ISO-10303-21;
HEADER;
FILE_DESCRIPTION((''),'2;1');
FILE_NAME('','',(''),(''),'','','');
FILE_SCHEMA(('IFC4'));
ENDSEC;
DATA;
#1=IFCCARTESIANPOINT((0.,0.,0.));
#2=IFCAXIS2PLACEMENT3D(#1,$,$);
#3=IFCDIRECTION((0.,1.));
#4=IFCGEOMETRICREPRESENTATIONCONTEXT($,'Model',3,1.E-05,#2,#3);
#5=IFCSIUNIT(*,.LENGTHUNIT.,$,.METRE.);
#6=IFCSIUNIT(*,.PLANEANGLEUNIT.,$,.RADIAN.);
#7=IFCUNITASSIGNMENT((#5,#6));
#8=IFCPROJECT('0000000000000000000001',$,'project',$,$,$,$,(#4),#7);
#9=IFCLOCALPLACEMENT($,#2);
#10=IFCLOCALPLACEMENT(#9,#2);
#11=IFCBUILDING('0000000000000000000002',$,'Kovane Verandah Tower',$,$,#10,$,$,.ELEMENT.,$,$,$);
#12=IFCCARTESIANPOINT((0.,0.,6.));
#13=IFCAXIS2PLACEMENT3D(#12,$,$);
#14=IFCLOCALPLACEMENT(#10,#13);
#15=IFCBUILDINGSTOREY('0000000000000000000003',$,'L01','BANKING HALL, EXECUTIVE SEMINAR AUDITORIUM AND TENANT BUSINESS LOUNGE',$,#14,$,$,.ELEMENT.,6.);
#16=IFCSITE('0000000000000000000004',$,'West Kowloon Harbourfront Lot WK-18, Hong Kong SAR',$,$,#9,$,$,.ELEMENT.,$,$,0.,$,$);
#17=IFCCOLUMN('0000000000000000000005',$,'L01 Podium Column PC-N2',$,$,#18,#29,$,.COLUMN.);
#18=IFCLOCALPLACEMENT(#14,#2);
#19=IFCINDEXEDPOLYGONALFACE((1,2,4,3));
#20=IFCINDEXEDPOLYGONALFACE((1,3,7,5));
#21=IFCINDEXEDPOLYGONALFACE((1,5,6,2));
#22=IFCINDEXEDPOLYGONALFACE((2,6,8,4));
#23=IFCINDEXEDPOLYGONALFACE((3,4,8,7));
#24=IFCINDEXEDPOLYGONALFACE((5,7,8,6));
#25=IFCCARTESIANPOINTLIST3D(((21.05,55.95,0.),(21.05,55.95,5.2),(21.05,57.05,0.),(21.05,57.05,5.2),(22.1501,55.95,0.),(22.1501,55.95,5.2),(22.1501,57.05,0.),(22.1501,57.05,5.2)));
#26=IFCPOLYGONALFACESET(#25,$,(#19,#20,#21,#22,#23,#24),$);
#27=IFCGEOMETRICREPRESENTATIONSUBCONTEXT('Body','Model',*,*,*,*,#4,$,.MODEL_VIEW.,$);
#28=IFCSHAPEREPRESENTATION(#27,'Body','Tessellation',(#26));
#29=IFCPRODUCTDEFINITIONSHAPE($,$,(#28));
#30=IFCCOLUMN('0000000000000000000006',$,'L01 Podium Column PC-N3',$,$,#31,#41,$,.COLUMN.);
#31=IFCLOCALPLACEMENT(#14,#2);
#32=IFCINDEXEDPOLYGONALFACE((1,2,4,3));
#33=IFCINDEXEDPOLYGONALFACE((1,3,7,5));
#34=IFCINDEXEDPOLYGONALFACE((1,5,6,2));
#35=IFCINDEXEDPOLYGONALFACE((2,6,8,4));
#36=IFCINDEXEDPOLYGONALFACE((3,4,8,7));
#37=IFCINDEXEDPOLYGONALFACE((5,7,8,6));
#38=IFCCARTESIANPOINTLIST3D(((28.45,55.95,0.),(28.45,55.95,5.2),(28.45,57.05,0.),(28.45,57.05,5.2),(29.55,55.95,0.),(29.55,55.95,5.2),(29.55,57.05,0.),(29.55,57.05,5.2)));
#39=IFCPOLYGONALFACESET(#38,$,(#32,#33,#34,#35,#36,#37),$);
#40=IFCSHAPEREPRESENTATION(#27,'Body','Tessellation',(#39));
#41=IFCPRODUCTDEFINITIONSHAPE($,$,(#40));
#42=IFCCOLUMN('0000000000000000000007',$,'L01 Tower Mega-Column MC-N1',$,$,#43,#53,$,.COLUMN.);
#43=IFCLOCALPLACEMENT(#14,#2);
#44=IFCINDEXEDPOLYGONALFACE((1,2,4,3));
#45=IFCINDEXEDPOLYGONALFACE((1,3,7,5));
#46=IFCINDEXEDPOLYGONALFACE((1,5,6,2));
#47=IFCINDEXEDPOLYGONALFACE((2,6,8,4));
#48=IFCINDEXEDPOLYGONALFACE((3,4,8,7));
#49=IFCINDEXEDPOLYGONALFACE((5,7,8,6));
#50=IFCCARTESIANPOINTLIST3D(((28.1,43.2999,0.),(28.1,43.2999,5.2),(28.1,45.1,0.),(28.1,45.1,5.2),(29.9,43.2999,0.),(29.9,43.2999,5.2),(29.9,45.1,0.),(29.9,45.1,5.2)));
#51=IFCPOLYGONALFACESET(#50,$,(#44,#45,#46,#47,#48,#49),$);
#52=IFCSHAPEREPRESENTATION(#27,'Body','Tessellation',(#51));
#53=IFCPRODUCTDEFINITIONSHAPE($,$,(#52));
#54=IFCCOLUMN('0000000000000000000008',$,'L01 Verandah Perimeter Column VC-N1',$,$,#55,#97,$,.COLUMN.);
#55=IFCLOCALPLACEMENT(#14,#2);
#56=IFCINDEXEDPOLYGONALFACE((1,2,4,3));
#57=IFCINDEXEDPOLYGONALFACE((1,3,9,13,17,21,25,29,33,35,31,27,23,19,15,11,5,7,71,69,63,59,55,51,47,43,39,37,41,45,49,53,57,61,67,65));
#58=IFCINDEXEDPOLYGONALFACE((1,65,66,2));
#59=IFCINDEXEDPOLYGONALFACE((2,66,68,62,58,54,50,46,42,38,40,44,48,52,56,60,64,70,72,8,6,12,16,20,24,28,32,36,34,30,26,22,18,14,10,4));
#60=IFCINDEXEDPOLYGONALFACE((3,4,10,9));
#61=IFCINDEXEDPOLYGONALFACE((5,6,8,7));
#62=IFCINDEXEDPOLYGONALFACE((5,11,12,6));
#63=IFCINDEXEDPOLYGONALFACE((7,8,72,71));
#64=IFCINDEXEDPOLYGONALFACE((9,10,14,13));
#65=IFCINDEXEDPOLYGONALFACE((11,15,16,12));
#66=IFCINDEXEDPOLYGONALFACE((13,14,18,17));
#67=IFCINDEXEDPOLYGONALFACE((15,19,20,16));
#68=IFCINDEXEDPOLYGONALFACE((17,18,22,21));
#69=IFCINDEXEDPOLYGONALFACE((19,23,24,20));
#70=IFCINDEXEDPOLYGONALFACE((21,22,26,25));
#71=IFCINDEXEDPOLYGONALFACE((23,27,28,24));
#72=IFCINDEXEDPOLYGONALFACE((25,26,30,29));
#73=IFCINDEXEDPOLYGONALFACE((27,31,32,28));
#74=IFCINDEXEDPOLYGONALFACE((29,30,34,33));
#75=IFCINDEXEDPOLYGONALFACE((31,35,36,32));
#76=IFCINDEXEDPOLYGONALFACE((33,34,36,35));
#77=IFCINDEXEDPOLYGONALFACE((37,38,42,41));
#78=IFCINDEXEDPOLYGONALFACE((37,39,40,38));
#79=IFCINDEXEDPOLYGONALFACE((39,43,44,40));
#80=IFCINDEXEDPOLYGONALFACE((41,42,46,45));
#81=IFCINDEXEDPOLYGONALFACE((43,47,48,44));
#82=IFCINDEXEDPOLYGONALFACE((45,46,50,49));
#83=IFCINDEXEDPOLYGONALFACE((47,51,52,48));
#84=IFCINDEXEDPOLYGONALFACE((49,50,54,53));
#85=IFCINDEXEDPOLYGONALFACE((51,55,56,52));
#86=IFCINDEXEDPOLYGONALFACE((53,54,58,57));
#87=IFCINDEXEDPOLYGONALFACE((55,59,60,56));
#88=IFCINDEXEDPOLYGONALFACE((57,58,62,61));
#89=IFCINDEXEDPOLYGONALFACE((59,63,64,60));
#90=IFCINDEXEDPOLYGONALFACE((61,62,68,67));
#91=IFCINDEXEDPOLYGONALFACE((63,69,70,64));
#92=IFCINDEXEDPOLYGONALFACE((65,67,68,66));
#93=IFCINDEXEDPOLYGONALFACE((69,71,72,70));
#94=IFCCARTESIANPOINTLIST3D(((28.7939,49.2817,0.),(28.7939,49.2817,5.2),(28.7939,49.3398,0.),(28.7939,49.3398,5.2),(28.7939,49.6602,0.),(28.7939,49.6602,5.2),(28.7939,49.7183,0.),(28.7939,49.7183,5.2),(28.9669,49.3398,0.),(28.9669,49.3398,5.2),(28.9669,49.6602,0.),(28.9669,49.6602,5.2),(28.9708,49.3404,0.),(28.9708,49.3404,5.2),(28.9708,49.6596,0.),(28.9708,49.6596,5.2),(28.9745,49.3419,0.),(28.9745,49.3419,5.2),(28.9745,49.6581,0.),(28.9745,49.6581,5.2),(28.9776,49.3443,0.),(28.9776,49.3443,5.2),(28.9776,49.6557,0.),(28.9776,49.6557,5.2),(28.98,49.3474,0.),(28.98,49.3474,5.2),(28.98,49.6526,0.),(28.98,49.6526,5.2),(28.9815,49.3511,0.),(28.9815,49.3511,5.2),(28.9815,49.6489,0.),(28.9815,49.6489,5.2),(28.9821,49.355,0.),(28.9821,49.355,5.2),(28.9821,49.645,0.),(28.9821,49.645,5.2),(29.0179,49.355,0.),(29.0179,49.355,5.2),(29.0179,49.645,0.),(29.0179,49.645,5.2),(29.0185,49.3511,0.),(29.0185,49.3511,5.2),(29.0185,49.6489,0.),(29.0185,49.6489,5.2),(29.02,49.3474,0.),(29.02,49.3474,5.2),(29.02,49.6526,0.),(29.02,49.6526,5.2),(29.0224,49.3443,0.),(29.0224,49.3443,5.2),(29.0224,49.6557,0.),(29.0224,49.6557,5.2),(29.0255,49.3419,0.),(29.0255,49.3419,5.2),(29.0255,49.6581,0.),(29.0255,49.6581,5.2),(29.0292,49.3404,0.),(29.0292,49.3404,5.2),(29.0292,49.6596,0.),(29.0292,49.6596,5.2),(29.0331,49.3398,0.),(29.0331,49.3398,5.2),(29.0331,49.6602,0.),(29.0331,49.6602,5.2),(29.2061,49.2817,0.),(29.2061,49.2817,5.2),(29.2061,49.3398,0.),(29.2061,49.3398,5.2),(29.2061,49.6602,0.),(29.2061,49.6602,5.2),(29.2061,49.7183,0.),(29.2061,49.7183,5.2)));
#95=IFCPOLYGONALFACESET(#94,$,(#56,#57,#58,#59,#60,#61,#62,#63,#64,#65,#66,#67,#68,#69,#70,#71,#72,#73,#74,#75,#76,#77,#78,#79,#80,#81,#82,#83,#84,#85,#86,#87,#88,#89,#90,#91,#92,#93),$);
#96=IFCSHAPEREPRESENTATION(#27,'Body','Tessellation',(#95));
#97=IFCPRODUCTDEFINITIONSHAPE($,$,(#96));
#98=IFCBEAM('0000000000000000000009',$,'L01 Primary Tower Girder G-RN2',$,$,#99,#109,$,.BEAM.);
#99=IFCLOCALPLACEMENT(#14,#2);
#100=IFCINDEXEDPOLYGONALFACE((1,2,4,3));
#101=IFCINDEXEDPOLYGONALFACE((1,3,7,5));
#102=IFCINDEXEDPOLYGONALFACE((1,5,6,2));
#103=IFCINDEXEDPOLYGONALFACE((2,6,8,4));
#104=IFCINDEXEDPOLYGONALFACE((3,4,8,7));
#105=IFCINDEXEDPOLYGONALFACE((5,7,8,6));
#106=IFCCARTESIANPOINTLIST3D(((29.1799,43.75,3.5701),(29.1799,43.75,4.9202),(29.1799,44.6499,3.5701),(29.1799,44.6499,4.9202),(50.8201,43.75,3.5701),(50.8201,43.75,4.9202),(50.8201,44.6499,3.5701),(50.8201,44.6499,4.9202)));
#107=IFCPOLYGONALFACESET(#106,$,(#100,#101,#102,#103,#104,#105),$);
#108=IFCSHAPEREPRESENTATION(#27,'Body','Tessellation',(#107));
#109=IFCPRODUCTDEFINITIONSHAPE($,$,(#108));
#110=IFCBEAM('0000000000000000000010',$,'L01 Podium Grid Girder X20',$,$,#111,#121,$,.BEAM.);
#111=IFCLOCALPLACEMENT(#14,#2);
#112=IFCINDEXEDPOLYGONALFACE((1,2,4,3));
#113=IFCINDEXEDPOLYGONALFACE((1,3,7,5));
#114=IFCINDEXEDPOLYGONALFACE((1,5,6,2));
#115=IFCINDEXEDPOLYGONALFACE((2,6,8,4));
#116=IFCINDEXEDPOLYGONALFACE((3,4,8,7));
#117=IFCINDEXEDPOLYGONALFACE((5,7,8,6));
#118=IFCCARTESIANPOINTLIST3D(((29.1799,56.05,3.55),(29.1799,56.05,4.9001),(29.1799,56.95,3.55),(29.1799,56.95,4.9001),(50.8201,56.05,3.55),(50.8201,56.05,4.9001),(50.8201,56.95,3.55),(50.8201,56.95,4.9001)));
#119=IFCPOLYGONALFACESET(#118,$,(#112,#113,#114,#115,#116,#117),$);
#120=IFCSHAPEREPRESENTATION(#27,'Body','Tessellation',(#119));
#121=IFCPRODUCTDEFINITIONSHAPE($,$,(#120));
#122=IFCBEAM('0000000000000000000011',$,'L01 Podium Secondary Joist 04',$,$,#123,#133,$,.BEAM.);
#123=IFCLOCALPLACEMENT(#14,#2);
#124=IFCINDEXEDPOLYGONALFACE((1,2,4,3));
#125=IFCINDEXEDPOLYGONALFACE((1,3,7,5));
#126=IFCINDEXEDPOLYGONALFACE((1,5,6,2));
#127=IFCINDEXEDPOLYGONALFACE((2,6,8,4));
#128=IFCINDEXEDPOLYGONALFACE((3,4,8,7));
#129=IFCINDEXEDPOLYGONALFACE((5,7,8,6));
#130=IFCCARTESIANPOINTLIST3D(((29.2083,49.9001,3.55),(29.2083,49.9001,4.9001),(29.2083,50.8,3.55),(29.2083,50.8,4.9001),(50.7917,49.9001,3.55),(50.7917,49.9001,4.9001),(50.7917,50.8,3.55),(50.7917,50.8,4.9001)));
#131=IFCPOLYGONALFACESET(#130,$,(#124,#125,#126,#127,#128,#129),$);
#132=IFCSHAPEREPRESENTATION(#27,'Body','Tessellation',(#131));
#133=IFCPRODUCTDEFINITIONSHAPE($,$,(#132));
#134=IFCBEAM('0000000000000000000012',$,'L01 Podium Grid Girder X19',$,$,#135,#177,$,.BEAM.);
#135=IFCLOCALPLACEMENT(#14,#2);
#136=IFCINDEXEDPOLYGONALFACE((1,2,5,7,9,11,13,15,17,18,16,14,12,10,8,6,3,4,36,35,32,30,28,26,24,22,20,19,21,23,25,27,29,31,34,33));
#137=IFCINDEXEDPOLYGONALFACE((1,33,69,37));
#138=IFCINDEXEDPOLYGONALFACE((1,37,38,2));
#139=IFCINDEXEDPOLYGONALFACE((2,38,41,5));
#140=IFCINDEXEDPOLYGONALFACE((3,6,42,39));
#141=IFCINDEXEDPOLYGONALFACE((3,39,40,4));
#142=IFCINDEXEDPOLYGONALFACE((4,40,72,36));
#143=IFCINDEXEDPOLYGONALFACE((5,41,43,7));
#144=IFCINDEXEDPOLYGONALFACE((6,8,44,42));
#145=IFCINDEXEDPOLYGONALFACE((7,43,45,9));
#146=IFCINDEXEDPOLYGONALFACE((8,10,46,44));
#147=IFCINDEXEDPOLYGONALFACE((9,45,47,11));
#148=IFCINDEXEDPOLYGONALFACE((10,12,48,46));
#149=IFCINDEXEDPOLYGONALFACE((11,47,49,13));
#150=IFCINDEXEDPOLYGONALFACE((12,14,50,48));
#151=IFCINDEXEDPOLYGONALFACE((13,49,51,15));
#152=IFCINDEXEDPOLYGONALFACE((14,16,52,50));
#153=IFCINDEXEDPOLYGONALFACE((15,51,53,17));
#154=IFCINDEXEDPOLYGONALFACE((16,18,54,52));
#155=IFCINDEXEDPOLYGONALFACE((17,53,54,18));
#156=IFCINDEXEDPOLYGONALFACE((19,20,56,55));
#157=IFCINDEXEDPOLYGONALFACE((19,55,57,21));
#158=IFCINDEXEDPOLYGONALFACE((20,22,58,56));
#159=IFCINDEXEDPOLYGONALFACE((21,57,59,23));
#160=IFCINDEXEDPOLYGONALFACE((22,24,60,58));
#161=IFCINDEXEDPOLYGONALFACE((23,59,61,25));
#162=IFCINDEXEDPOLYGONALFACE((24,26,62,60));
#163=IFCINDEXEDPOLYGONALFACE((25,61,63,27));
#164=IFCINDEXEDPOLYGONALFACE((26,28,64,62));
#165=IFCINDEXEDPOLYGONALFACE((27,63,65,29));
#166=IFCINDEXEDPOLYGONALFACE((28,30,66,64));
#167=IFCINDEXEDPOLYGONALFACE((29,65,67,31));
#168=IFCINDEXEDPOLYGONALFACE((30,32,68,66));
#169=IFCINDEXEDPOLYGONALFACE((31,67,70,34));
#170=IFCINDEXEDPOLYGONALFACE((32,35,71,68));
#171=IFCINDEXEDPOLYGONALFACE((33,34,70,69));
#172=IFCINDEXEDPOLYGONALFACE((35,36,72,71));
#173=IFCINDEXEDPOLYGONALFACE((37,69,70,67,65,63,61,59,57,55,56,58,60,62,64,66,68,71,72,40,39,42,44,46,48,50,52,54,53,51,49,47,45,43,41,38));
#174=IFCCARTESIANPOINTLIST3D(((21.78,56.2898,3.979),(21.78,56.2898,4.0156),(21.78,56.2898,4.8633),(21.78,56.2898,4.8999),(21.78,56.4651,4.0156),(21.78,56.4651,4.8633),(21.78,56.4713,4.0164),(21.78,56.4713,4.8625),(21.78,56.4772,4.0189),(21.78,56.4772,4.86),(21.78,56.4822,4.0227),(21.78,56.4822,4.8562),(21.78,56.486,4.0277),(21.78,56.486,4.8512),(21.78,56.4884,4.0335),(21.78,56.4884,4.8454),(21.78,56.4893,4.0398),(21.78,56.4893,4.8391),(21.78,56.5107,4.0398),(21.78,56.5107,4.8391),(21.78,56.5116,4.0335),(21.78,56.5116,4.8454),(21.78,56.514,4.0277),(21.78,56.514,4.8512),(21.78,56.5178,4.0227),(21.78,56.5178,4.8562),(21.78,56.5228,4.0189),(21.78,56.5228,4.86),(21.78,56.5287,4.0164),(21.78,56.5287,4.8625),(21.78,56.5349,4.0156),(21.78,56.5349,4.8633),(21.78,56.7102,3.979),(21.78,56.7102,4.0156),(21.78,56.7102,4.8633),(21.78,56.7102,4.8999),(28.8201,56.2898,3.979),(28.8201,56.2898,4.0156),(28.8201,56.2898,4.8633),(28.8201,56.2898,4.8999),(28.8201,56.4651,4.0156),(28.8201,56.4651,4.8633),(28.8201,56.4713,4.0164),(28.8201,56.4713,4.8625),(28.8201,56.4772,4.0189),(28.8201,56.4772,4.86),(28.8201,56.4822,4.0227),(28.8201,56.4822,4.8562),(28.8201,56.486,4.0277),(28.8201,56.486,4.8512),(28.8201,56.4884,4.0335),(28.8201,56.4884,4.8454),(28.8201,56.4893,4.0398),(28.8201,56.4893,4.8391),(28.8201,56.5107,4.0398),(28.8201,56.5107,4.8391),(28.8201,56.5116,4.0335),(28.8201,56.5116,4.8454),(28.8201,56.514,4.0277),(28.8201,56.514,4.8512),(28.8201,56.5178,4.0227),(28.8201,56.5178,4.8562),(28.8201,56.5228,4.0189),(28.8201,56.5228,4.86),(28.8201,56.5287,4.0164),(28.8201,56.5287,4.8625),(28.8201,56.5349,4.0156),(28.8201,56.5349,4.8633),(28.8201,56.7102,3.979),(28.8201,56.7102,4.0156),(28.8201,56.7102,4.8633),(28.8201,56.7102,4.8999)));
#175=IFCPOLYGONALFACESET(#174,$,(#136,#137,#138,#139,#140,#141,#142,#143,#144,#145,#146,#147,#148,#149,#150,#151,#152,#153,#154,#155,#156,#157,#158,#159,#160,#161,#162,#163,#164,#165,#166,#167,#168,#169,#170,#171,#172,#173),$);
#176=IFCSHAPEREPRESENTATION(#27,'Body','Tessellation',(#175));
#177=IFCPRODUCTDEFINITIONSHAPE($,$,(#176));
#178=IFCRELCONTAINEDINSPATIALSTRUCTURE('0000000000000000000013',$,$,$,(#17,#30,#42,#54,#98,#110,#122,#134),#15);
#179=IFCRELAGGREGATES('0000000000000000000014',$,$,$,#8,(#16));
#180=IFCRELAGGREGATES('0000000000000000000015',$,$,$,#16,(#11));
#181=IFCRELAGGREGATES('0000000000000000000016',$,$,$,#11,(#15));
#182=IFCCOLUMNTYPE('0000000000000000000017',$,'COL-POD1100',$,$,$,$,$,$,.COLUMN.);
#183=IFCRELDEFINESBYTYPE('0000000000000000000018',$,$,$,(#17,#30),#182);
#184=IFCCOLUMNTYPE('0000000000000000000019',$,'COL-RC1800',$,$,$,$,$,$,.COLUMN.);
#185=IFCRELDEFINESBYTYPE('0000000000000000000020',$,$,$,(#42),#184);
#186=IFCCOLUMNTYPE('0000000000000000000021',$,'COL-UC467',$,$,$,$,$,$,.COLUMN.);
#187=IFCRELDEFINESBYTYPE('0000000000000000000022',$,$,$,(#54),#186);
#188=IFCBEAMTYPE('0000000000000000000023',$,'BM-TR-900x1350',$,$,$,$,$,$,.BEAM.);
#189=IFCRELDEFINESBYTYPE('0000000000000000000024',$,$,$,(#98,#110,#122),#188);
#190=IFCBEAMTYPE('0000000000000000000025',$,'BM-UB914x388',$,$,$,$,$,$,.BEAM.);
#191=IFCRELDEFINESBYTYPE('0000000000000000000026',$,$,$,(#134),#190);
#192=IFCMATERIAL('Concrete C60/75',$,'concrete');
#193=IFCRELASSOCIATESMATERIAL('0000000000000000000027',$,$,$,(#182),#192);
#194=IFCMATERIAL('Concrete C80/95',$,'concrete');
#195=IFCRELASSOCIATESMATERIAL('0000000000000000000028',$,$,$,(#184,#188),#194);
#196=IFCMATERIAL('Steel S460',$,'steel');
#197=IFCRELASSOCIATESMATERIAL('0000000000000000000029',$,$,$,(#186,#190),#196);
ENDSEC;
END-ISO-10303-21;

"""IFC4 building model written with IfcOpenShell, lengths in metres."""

from ifc_helpers import new_model, si_unit, direction, frame, origin, origin_2d, place, context, subcontext, project, spatial, rectangle, i_section, extrude, material, material_profile, profile_set, type_object, element, save


model = new_model("IFC4")

# Units and contexts
model_context = context("Model", 3, precision=1e-05, world=origin(), true_north=direction((0.0, 1.0)))
body_context = subcontext(model_context, "Body", "Model", "MODEL_VIEW")
ifc_project = project(units=[si_unit("LENGTHUNIT", "METRE"), si_unit("PLANEANGLEUNIT", "RADIAN")], contexts=[model_context])

# Site, building, storey
site_placement = place(None, origin())
site = spatial("IfcSite", under=ifc_project, at=site_placement, Name="West Kowloon Harbourfront Lot WK-18, Hong Kong SAR", CompositionType="ELEMENT", RefElevation=0.0)
building_placement = place(site_placement, origin())
building = spatial("IfcBuilding", under=site, at=building_placement, Name="Kovane Verandah Tower", CompositionType="ELEMENT")
storey_placement = place(building_placement, frame((0.0, 0.0, 6.0)))
storey = spatial("IfcBuildingStorey", under=building, at=storey_placement, Name="L01", Description="BANKING HALL, EXECUTIVE SEMINAR AUDITORIUM AND TENANT BUSINESS LOUNGE", CompositionType="ELEMENT", Elevation=6.0)

# Columns
ifc_material_1 = material(Name="Concrete C60/75", Category="concrete")
ifc_material_profile_1 = material_profile(ifc_material_1, rectangle(XDim=1.1001, YDim=1.1001, at=origin_2d()), Name="RC1100x1100")
ifc_profile_set_1 = profile_set([ifc_material_profile_1], Name="Concrete C60/75")
column_type_1 = type_object("IfcColumnType", Name="COL-POD1100", PredefinedType="COLUMN", material=ifc_profile_set_1)
for number, where, z_axis, x_axis, name in (
    (1, (21.6001, 56.5, 0.0), (0.0, 0.0, 1.0), (1.0, 0.0, 0.0), "L01 Podium Column PC-N2"),
    (2, (29.0, 56.5, 0.0), (0.0, 0.0, 1.0), (1.0, 0.0, 0.0), "L01 Podium Column PC-N3"),
):
    element("IfcColumn", number, at=place(storey_placement, frame(where, z_axis=z_axis, x_axis=x_axis)), inside=storey, type_object=column_type_1, Name=name, PredefinedType="COLUMN", context=body_context, shape_type="SweptSolid", body=[
        extrude(rectangle(XDim=1.1001, YDim=1.1001, at=origin_2d()), origin(), (0.0, 0.0, 1.0), 5.2),
    ])
ifc_material_2 = material(Name="Concrete C80/95", Category="concrete")
ifc_material_profile_2 = material_profile(ifc_material_2, rectangle(XDim=1.8, YDim=1.8, at=origin_2d()), Name="RC1800x1800")
ifc_profile_set_2 = profile_set([ifc_material_profile_2], Name="Concrete C80/95")
column_type_2 = type_object("IfcColumnType", Name="COL-RC1800", PredefinedType="COLUMN", material=ifc_profile_set_2)
column_1_placement = place(storey_placement, frame((29.0, 44.2, 0.0), z_axis=(0.0, 0.0, 1.0), x_axis=(1.0, 0.0, 0.0)))
element("IfcColumn", 3, at=column_1_placement, inside=storey, type_object=column_type_2, Name="L01 Tower Mega-Column MC-N1", PredefinedType="COLUMN", context=body_context, shape_type="SweptSolid", body=[
    extrude(rectangle(XDim=1.8, YDim=1.8, at=origin_2d()), origin(), (0.0, 0.0, 1.0), 5.2),
])
ifc_material_3 = material(Name="Steel S460", Category="steel")
ifc_material_profile_3 = material_profile(ifc_material_3, i_section(OverallWidth=0.4121, OverallDepth=0.4365, WebThickness=0.0359, FlangeThickness=0.0581, FilletRadius=0.0151, at=origin_2d()), Name="UC356x406x467")
ifc_profile_set_3 = profile_set([ifc_material_profile_3], Name="Steel S460")
column_type_3 = type_object("IfcColumnType", Name="COL-UC467", PredefinedType="COLUMN", material=ifc_profile_set_3)
column_2_placement = place(storey_placement, frame((29.0, 49.5, 0.0), z_axis=(0.0, 0.0, 1.0), x_axis=(1.0, 0.0, 0.0)))
element("IfcColumn", 4, at=column_2_placement, inside=storey, type_object=column_type_3, Name="L01 Verandah Perimeter Column VC-N1", PredefinedType="COLUMN", context=body_context, shape_type="SweptSolid", body=[
    extrude(i_section(OverallWidth=0.4121, OverallDepth=0.4365, WebThickness=0.0359, FlangeThickness=0.0581, FilletRadius=0.0151, at=origin_2d()), origin(), (0.0, 0.0, 1.0), 5.2),
])

# Beams
ifc_material_profile_4 = material_profile(ifc_material_2, rectangle(XDim=0.8999, YDim=1.3501, at=origin_2d()), Name="RCB900x1350")
ifc_profile_set_4 = profile_set([ifc_material_profile_4], Name="Concrete C80/95")
beam_type_1 = type_object("IfcBeamType", Name="BM-TR-900x1350", PredefinedType="BEAM", material=ifc_profile_set_4)
for number, where, z_axis, x_axis, name in (
    (5, (29.1799, 44.2, 4.2451), (1.0, 0.0, 0.0), (0.0, 1.0, 0.0), "L01 Primary Tower Girder G-RN2"),
    (6, (29.1799, 56.5, 4.2251), (1.0, 0.0, 0.0), (0.0, 1.0, 0.0), "L01 Podium Grid Girder X20"),
):
    element("IfcBeam", number, at=place(storey_placement, frame(where, z_axis=z_axis, x_axis=x_axis)), inside=storey, type_object=beam_type_1, Name=name, PredefinedType="BEAM", context=body_context, shape_type="SweptSolid", body=[
        extrude(rectangle(XDim=0.8999, YDim=1.3501, at=origin_2d()), origin(), (0.0, 0.0, 1.0), 21.6401),
    ])
beam_1_placement = place(storey_placement, frame((29.2083, 50.3501, 4.2251), z_axis=(1.0, 0.0, 0.0), x_axis=(0.0, 1.0, 0.0)))
element("IfcBeam", 7, at=beam_1_placement, inside=storey, type_object=beam_type_1, Name="L01 Podium Secondary Joist 04", PredefinedType="BEAM", context=body_context, shape_type="SweptSolid", body=[
    extrude(rectangle(XDim=0.8999, YDim=1.3501, at=origin_2d()), origin(), (0.0, 0.0, 1.0), 21.5835),
])
ifc_material_profile_5 = material_profile(ifc_material_3, i_section(OverallWidth=0.4204, OverallDepth=0.9209, WebThickness=0.0215, FlangeThickness=0.0366, FilletRadius=0.0242, at=origin_2d()), Name="UB914x419x388")
ifc_profile_set_5 = profile_set([ifc_material_profile_5], Name="Steel S460")
beam_type_2 = type_object("IfcBeamType", Name="BM-UB914x388", PredefinedType="BEAM", material=ifc_profile_set_5)
beam_2_placement = place(storey_placement, frame((21.78, 56.5, 4.4395), z_axis=(1.0, 0.0, 0.0), x_axis=(0.0, 1.0, 0.0)))
element("IfcBeam", 8, at=beam_2_placement, inside=storey, type_object=beam_type_2, Name="L01 Podium Grid Girder X19", PredefinedType="BEAM", context=body_context, shape_type="SweptSolid", body=[
    extrude(i_section(OverallWidth=0.4204, OverallDepth=0.9209, WebThickness=0.0215, FlangeThickness=0.0366, FilletRadius=0.0242, at=origin_2d()), origin(), (0.0, 0.0, 1.0), 7.04),
])

save(model, "model.ifc")
